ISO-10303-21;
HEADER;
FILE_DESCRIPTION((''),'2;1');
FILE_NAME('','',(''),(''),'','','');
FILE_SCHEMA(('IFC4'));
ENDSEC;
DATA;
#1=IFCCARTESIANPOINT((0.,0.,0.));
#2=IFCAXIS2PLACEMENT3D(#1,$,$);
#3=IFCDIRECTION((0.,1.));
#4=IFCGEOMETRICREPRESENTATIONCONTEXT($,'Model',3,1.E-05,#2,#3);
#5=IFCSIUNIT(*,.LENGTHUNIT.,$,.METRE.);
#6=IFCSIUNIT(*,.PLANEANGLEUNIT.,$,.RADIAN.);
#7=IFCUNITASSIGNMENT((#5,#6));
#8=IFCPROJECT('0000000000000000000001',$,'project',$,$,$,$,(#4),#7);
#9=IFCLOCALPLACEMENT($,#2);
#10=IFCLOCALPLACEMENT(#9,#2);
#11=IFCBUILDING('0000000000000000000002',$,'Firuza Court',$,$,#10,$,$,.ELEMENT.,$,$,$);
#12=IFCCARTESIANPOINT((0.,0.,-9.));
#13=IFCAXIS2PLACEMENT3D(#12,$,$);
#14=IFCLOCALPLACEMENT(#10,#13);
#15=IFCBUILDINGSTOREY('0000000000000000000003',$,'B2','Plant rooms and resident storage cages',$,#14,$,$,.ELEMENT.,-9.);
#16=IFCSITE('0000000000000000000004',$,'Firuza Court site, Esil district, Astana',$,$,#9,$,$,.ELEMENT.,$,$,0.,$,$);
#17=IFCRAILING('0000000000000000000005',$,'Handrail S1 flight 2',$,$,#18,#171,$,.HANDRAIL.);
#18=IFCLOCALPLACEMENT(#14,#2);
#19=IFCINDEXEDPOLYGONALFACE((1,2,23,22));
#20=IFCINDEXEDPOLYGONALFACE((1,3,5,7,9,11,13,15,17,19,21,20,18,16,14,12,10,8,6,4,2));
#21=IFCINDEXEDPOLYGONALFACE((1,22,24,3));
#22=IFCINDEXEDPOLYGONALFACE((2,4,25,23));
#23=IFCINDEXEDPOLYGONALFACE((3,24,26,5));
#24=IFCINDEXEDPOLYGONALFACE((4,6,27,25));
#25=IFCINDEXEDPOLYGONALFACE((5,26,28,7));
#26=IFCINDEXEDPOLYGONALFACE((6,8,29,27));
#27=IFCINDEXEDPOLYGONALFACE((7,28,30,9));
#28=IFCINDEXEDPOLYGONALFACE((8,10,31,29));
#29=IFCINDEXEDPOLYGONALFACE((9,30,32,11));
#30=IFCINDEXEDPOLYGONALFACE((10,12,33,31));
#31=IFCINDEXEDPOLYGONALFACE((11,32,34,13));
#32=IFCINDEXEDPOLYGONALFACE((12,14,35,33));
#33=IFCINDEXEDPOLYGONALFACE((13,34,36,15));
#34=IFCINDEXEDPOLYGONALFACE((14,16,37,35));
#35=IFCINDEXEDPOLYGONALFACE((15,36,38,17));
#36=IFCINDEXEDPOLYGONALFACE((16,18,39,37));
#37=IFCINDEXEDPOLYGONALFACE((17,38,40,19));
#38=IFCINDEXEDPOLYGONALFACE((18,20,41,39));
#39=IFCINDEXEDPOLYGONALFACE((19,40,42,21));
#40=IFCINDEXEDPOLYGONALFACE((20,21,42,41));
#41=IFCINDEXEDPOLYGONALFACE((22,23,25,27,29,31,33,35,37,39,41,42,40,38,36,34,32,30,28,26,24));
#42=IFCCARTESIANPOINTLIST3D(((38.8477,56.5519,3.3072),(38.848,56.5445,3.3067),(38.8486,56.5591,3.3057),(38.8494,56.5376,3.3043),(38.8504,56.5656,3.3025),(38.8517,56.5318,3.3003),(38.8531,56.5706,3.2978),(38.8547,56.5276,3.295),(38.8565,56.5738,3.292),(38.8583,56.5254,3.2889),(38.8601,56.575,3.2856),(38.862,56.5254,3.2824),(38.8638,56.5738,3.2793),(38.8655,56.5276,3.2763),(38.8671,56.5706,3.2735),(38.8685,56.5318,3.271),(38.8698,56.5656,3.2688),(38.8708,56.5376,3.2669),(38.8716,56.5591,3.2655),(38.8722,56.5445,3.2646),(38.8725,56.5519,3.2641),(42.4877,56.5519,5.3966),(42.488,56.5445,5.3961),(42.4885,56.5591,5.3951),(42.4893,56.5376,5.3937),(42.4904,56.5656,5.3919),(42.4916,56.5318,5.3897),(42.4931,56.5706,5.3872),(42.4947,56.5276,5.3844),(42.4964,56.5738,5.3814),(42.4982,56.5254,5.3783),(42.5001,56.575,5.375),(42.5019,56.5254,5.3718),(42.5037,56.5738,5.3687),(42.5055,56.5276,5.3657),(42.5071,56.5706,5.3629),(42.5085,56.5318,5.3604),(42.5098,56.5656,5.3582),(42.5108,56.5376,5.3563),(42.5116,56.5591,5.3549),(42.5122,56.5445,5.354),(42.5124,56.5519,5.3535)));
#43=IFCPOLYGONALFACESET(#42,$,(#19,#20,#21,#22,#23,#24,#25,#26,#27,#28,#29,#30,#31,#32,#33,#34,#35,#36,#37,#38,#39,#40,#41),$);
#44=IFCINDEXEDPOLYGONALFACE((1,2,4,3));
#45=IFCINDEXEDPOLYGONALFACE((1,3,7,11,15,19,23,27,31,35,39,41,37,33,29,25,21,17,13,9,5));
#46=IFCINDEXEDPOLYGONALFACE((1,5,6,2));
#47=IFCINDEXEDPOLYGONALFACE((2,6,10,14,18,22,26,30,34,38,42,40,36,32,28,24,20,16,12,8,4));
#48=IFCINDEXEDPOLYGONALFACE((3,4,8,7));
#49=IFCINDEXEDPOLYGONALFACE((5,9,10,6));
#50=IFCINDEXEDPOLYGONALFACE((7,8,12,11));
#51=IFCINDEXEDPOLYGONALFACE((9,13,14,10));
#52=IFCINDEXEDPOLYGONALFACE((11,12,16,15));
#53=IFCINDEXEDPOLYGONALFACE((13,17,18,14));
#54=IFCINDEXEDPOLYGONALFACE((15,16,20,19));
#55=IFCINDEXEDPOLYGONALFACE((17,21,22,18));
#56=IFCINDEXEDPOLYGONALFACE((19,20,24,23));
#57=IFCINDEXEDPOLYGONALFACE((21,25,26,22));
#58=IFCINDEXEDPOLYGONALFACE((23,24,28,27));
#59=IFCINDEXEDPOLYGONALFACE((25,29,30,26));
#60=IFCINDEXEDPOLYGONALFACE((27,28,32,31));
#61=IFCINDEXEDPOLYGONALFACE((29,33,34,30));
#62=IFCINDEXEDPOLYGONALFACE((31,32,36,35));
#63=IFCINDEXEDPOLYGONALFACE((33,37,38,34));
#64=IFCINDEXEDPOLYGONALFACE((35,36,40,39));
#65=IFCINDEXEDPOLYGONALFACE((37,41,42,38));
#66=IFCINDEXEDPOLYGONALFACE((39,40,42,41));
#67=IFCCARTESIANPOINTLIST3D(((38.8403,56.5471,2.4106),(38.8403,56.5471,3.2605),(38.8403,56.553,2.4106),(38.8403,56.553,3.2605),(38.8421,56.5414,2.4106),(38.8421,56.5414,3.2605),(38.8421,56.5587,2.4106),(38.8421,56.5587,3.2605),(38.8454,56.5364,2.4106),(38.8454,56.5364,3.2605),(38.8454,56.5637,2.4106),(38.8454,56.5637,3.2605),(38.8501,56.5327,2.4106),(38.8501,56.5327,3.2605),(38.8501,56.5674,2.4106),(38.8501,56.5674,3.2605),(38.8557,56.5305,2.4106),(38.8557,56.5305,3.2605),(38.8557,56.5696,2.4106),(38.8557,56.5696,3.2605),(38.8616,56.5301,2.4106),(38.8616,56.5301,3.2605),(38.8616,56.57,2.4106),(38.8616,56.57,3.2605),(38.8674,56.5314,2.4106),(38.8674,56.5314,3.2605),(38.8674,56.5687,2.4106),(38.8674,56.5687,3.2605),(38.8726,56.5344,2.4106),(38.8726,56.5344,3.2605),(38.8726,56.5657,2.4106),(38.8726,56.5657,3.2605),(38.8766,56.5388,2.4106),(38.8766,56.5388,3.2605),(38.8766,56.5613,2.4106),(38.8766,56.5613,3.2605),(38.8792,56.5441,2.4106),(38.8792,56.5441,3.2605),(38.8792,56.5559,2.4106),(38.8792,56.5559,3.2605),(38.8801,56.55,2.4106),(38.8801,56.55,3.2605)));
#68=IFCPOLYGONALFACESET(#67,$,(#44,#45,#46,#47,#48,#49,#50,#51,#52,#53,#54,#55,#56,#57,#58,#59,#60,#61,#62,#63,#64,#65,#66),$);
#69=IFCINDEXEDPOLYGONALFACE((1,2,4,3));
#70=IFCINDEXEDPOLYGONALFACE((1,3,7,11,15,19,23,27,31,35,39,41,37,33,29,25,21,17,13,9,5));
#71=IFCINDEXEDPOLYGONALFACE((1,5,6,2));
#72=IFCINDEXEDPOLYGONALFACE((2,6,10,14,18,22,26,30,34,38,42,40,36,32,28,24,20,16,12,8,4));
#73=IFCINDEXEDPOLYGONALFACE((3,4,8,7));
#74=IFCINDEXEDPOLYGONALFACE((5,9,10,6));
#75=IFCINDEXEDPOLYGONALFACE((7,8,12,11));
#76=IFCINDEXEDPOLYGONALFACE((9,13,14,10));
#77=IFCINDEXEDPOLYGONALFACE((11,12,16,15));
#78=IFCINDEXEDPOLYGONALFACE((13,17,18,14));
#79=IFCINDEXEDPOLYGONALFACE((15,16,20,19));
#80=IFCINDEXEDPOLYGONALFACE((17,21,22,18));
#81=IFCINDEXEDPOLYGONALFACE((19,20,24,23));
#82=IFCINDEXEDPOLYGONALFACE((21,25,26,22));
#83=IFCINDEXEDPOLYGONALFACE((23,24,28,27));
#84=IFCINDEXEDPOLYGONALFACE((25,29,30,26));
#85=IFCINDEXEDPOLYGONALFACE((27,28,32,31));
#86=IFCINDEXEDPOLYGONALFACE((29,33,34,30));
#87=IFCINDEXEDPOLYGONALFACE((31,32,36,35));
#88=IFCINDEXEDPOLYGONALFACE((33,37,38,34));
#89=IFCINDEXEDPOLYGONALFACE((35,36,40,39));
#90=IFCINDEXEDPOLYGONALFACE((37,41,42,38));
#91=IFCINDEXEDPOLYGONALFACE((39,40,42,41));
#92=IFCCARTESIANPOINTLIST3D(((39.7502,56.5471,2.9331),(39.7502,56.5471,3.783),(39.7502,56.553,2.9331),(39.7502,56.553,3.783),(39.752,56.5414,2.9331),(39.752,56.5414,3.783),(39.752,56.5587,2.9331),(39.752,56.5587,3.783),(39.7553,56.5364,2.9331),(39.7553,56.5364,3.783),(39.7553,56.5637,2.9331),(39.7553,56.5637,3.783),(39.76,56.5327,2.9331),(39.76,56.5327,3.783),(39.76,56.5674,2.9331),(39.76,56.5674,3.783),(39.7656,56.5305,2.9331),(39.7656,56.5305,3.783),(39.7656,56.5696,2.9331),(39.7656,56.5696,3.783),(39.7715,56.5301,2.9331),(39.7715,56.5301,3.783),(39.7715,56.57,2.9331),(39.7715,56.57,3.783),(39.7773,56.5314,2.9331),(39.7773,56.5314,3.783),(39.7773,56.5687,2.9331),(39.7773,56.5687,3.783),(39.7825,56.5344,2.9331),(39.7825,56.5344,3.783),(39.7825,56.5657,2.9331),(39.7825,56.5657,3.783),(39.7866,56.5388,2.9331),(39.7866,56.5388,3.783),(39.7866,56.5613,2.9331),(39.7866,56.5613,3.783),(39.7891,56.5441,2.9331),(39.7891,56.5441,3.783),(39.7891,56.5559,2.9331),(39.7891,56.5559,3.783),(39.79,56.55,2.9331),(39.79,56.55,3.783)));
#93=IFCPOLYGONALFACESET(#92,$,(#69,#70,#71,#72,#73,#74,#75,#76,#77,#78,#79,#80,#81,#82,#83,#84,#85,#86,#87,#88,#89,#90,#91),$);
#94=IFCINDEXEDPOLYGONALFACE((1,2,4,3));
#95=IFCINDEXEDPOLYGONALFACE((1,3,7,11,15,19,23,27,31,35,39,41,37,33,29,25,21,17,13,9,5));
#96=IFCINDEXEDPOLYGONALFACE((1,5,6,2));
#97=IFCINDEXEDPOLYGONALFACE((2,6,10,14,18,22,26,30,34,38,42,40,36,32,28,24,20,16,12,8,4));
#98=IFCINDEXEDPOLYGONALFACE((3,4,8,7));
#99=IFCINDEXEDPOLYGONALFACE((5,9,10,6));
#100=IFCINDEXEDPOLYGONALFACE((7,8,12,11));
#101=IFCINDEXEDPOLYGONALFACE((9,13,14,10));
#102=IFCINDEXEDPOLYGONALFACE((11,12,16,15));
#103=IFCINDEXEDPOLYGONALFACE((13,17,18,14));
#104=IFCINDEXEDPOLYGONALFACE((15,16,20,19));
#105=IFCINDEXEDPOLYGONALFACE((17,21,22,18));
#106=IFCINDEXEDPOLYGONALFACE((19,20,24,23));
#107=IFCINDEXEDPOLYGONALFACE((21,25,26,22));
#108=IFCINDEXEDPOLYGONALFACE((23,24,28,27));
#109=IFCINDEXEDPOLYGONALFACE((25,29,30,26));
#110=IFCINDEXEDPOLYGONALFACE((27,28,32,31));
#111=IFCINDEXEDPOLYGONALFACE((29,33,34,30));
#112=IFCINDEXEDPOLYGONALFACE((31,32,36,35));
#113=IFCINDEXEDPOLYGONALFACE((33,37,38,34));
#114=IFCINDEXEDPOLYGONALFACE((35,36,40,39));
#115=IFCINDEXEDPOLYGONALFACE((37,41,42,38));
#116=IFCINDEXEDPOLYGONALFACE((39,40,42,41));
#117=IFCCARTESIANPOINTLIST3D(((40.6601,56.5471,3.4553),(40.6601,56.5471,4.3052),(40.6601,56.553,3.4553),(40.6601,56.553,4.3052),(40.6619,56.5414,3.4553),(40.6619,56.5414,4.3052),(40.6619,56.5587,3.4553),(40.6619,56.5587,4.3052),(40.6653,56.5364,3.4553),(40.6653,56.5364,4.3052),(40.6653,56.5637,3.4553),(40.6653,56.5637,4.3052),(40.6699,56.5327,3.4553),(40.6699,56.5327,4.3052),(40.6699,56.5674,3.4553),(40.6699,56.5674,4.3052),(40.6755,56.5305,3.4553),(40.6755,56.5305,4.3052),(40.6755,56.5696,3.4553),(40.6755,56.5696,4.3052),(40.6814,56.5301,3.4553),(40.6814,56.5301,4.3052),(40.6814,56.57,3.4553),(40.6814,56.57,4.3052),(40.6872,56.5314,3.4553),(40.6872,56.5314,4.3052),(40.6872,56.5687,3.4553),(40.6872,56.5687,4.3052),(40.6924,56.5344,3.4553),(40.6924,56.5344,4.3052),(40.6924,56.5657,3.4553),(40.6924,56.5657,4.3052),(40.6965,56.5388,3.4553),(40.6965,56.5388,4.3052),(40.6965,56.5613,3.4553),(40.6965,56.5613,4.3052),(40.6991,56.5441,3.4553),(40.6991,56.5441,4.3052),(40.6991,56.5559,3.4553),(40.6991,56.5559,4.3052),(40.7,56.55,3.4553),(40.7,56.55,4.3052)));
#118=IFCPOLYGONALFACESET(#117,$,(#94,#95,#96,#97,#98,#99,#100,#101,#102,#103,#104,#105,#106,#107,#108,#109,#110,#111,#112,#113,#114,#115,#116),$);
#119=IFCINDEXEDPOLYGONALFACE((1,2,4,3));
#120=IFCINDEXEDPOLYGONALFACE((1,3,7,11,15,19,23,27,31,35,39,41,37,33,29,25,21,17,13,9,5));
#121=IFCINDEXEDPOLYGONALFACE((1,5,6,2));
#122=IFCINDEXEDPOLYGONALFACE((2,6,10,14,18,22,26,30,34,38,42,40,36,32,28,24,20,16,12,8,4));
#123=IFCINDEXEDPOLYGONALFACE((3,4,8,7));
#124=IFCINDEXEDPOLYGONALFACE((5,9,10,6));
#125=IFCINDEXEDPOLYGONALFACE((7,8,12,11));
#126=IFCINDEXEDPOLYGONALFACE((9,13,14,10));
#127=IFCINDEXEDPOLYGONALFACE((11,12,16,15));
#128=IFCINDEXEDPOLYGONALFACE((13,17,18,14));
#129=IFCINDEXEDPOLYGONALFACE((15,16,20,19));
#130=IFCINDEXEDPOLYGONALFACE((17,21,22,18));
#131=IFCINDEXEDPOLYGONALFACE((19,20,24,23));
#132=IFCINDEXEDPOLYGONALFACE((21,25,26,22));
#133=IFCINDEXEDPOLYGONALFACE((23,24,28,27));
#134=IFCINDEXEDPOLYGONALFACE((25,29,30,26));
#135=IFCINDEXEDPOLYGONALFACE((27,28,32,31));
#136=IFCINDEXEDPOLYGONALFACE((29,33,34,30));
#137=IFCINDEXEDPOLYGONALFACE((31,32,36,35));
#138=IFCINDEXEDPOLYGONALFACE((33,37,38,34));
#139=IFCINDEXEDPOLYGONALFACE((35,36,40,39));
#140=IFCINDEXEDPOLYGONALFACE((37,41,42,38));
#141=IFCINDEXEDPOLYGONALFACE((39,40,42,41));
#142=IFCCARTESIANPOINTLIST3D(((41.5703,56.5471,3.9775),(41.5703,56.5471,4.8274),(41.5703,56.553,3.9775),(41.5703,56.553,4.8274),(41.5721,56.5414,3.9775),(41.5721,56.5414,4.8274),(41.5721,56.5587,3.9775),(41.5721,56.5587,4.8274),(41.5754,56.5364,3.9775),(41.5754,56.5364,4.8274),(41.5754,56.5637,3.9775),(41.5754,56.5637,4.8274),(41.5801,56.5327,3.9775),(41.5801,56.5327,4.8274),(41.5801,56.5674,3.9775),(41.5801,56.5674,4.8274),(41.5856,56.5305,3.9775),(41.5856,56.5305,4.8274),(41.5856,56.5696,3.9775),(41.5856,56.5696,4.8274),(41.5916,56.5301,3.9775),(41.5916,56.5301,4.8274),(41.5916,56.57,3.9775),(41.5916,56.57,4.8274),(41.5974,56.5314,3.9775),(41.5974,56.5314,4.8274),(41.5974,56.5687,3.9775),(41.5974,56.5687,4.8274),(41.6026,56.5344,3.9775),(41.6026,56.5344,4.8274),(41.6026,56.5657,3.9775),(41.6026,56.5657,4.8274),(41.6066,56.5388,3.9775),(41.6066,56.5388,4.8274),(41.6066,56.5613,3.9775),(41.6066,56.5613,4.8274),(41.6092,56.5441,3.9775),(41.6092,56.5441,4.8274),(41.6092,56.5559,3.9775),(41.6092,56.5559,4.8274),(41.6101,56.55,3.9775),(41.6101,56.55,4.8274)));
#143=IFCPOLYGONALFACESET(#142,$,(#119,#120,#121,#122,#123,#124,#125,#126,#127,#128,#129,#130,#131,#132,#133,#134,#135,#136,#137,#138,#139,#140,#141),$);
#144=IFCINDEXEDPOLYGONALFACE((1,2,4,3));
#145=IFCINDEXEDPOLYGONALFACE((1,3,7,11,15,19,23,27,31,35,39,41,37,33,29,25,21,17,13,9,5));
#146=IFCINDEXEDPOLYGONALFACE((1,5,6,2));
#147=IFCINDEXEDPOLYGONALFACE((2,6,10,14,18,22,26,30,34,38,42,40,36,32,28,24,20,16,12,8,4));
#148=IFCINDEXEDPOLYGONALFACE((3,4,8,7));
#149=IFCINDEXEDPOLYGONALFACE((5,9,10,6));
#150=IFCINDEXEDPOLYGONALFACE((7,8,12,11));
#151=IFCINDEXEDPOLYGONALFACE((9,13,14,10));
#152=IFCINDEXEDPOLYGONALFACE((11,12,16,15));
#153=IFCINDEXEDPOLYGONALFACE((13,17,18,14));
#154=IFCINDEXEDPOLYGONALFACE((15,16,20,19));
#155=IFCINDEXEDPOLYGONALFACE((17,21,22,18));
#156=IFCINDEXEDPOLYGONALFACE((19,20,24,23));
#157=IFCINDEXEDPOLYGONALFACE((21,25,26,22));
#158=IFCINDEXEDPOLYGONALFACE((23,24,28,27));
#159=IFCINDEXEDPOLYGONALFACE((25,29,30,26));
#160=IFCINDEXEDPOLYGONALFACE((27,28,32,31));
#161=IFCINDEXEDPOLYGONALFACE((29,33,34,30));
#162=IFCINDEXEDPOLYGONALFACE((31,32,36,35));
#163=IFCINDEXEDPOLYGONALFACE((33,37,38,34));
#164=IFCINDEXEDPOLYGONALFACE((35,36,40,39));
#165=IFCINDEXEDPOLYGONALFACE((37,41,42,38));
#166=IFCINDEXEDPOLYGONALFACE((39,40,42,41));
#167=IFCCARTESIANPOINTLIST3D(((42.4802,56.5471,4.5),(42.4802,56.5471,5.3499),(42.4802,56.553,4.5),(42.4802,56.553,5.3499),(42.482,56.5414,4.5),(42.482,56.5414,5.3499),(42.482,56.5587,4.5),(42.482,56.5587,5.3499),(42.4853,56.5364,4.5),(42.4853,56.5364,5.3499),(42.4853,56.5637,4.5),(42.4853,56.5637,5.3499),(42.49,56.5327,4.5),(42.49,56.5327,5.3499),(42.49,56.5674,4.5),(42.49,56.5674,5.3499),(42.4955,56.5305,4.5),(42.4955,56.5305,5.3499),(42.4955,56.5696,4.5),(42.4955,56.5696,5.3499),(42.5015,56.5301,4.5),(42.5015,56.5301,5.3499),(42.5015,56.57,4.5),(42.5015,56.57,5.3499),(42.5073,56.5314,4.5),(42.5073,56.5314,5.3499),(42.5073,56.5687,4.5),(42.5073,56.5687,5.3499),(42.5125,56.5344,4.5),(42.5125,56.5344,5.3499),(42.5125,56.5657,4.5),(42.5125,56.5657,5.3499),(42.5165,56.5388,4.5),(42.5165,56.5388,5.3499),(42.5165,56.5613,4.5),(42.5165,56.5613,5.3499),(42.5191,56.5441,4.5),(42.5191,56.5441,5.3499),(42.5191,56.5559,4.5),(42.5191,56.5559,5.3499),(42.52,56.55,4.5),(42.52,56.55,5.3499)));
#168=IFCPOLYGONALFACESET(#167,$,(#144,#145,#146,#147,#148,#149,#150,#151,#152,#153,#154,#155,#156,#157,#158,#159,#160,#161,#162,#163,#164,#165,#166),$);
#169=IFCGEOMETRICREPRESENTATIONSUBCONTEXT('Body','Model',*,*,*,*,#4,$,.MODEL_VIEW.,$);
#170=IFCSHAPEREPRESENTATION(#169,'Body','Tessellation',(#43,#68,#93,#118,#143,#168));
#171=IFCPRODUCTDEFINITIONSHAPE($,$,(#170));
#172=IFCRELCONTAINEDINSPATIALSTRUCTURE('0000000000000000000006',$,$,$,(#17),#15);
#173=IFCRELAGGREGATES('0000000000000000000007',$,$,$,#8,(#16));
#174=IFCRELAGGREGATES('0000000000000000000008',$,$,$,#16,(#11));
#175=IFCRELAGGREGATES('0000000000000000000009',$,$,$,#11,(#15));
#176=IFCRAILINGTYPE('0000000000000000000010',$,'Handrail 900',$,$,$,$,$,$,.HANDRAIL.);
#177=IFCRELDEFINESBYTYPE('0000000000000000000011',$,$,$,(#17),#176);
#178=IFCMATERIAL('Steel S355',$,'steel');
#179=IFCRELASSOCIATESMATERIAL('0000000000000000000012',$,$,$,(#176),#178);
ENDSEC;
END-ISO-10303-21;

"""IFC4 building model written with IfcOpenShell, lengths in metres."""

from ifc_helpers import new_model, si_unit, direction, frame, origin, origin_2d, place, context, subcontext, project, spatial, circle, extrude, material, type_object, element, save


model = new_model("IFC4")

# Units and contexts
model_context = context("Model", 3, precision=1e-05, world=origin(), true_north=direction((0.0, 1.0)))
body_context = subcontext(model_context, "Body", "Model", "MODEL_VIEW")
ifc_project = project(units=[si_unit("LENGTHUNIT", "METRE"), si_unit("PLANEANGLEUNIT", "RADIAN")], contexts=[model_context])

# Site, building, storey
site_placement = place(None, origin())
site = spatial("IfcSite", under=ifc_project, at=site_placement, Name="Firuza Court site, Esil district, Astana", CompositionType="ELEMENT", RefElevation=0.0)
building_placement = place(site_placement, origin())
building = spatial("IfcBuilding", under=site, at=building_placement, Name="Firuza Court", CompositionType="ELEMENT")
storey_placement = place(building_placement, frame((0.0, 0.0, -9.0)))
storey = spatial("IfcBuildingStorey", under=building, at=storey_placement, Name="B2", Description="Plant rooms and resident storage cages", CompositionType="ELEMENT", Elevation=-9.0)

# Railing
ifc_material_1 = material(Name="Steel S355", Category="steel")
railing_type_1 = type_object("IfcRailingType", Name="Handrail 900", PredefinedType="HANDRAIL", material=ifc_material_1)
railing_1_placement = place(storey_placement, frame((38.8601, 56.55, 2.4106)))
element("IfcRailing", 1, at=railing_1_placement, inside=storey, type_object=railing_type_1, Name="Handrail S1 flight 2", PredefinedType="HANDRAIL", context=body_context, shape_type="SweptSolid", body=[
    extrude(circle(Radius=0.0249, at=origin_2d()), frame((0.0, 0.0, 0.875), z_axis=(0.867275, 0.0, 0.497829), x_axis=(0.0, 1.0, 0.0)), (0.0, 0.0, 1.0), 4.197),
    extrude(circle(Radius=0.02, at=origin_2d()), origin(), (0.0, 0.0, 1.0), 0.8499),
    extrude(circle(Radius=0.02, at=origin_2d()), frame((0.9099, 0.0, 0.5225)), (0.0, 0.0, 1.0), 0.8499),
    extrude(circle(Radius=0.02, at=origin_2d()), frame((1.8198, 0.0, 1.0447)), (0.0, 0.0, 1.0), 0.8499),
    extrude(circle(Radius=0.02, at=origin_2d()), frame((2.73, 0.0, 1.5669)), (0.0, 0.0, 1.0), 0.8499),
    extrude(circle(Radius=0.02, at=origin_2d()), frame((3.6399, 0.0, 2.0894)), (0.0, 0.0, 1.0), 0.8499),
])

save(model, "model.ifc")
